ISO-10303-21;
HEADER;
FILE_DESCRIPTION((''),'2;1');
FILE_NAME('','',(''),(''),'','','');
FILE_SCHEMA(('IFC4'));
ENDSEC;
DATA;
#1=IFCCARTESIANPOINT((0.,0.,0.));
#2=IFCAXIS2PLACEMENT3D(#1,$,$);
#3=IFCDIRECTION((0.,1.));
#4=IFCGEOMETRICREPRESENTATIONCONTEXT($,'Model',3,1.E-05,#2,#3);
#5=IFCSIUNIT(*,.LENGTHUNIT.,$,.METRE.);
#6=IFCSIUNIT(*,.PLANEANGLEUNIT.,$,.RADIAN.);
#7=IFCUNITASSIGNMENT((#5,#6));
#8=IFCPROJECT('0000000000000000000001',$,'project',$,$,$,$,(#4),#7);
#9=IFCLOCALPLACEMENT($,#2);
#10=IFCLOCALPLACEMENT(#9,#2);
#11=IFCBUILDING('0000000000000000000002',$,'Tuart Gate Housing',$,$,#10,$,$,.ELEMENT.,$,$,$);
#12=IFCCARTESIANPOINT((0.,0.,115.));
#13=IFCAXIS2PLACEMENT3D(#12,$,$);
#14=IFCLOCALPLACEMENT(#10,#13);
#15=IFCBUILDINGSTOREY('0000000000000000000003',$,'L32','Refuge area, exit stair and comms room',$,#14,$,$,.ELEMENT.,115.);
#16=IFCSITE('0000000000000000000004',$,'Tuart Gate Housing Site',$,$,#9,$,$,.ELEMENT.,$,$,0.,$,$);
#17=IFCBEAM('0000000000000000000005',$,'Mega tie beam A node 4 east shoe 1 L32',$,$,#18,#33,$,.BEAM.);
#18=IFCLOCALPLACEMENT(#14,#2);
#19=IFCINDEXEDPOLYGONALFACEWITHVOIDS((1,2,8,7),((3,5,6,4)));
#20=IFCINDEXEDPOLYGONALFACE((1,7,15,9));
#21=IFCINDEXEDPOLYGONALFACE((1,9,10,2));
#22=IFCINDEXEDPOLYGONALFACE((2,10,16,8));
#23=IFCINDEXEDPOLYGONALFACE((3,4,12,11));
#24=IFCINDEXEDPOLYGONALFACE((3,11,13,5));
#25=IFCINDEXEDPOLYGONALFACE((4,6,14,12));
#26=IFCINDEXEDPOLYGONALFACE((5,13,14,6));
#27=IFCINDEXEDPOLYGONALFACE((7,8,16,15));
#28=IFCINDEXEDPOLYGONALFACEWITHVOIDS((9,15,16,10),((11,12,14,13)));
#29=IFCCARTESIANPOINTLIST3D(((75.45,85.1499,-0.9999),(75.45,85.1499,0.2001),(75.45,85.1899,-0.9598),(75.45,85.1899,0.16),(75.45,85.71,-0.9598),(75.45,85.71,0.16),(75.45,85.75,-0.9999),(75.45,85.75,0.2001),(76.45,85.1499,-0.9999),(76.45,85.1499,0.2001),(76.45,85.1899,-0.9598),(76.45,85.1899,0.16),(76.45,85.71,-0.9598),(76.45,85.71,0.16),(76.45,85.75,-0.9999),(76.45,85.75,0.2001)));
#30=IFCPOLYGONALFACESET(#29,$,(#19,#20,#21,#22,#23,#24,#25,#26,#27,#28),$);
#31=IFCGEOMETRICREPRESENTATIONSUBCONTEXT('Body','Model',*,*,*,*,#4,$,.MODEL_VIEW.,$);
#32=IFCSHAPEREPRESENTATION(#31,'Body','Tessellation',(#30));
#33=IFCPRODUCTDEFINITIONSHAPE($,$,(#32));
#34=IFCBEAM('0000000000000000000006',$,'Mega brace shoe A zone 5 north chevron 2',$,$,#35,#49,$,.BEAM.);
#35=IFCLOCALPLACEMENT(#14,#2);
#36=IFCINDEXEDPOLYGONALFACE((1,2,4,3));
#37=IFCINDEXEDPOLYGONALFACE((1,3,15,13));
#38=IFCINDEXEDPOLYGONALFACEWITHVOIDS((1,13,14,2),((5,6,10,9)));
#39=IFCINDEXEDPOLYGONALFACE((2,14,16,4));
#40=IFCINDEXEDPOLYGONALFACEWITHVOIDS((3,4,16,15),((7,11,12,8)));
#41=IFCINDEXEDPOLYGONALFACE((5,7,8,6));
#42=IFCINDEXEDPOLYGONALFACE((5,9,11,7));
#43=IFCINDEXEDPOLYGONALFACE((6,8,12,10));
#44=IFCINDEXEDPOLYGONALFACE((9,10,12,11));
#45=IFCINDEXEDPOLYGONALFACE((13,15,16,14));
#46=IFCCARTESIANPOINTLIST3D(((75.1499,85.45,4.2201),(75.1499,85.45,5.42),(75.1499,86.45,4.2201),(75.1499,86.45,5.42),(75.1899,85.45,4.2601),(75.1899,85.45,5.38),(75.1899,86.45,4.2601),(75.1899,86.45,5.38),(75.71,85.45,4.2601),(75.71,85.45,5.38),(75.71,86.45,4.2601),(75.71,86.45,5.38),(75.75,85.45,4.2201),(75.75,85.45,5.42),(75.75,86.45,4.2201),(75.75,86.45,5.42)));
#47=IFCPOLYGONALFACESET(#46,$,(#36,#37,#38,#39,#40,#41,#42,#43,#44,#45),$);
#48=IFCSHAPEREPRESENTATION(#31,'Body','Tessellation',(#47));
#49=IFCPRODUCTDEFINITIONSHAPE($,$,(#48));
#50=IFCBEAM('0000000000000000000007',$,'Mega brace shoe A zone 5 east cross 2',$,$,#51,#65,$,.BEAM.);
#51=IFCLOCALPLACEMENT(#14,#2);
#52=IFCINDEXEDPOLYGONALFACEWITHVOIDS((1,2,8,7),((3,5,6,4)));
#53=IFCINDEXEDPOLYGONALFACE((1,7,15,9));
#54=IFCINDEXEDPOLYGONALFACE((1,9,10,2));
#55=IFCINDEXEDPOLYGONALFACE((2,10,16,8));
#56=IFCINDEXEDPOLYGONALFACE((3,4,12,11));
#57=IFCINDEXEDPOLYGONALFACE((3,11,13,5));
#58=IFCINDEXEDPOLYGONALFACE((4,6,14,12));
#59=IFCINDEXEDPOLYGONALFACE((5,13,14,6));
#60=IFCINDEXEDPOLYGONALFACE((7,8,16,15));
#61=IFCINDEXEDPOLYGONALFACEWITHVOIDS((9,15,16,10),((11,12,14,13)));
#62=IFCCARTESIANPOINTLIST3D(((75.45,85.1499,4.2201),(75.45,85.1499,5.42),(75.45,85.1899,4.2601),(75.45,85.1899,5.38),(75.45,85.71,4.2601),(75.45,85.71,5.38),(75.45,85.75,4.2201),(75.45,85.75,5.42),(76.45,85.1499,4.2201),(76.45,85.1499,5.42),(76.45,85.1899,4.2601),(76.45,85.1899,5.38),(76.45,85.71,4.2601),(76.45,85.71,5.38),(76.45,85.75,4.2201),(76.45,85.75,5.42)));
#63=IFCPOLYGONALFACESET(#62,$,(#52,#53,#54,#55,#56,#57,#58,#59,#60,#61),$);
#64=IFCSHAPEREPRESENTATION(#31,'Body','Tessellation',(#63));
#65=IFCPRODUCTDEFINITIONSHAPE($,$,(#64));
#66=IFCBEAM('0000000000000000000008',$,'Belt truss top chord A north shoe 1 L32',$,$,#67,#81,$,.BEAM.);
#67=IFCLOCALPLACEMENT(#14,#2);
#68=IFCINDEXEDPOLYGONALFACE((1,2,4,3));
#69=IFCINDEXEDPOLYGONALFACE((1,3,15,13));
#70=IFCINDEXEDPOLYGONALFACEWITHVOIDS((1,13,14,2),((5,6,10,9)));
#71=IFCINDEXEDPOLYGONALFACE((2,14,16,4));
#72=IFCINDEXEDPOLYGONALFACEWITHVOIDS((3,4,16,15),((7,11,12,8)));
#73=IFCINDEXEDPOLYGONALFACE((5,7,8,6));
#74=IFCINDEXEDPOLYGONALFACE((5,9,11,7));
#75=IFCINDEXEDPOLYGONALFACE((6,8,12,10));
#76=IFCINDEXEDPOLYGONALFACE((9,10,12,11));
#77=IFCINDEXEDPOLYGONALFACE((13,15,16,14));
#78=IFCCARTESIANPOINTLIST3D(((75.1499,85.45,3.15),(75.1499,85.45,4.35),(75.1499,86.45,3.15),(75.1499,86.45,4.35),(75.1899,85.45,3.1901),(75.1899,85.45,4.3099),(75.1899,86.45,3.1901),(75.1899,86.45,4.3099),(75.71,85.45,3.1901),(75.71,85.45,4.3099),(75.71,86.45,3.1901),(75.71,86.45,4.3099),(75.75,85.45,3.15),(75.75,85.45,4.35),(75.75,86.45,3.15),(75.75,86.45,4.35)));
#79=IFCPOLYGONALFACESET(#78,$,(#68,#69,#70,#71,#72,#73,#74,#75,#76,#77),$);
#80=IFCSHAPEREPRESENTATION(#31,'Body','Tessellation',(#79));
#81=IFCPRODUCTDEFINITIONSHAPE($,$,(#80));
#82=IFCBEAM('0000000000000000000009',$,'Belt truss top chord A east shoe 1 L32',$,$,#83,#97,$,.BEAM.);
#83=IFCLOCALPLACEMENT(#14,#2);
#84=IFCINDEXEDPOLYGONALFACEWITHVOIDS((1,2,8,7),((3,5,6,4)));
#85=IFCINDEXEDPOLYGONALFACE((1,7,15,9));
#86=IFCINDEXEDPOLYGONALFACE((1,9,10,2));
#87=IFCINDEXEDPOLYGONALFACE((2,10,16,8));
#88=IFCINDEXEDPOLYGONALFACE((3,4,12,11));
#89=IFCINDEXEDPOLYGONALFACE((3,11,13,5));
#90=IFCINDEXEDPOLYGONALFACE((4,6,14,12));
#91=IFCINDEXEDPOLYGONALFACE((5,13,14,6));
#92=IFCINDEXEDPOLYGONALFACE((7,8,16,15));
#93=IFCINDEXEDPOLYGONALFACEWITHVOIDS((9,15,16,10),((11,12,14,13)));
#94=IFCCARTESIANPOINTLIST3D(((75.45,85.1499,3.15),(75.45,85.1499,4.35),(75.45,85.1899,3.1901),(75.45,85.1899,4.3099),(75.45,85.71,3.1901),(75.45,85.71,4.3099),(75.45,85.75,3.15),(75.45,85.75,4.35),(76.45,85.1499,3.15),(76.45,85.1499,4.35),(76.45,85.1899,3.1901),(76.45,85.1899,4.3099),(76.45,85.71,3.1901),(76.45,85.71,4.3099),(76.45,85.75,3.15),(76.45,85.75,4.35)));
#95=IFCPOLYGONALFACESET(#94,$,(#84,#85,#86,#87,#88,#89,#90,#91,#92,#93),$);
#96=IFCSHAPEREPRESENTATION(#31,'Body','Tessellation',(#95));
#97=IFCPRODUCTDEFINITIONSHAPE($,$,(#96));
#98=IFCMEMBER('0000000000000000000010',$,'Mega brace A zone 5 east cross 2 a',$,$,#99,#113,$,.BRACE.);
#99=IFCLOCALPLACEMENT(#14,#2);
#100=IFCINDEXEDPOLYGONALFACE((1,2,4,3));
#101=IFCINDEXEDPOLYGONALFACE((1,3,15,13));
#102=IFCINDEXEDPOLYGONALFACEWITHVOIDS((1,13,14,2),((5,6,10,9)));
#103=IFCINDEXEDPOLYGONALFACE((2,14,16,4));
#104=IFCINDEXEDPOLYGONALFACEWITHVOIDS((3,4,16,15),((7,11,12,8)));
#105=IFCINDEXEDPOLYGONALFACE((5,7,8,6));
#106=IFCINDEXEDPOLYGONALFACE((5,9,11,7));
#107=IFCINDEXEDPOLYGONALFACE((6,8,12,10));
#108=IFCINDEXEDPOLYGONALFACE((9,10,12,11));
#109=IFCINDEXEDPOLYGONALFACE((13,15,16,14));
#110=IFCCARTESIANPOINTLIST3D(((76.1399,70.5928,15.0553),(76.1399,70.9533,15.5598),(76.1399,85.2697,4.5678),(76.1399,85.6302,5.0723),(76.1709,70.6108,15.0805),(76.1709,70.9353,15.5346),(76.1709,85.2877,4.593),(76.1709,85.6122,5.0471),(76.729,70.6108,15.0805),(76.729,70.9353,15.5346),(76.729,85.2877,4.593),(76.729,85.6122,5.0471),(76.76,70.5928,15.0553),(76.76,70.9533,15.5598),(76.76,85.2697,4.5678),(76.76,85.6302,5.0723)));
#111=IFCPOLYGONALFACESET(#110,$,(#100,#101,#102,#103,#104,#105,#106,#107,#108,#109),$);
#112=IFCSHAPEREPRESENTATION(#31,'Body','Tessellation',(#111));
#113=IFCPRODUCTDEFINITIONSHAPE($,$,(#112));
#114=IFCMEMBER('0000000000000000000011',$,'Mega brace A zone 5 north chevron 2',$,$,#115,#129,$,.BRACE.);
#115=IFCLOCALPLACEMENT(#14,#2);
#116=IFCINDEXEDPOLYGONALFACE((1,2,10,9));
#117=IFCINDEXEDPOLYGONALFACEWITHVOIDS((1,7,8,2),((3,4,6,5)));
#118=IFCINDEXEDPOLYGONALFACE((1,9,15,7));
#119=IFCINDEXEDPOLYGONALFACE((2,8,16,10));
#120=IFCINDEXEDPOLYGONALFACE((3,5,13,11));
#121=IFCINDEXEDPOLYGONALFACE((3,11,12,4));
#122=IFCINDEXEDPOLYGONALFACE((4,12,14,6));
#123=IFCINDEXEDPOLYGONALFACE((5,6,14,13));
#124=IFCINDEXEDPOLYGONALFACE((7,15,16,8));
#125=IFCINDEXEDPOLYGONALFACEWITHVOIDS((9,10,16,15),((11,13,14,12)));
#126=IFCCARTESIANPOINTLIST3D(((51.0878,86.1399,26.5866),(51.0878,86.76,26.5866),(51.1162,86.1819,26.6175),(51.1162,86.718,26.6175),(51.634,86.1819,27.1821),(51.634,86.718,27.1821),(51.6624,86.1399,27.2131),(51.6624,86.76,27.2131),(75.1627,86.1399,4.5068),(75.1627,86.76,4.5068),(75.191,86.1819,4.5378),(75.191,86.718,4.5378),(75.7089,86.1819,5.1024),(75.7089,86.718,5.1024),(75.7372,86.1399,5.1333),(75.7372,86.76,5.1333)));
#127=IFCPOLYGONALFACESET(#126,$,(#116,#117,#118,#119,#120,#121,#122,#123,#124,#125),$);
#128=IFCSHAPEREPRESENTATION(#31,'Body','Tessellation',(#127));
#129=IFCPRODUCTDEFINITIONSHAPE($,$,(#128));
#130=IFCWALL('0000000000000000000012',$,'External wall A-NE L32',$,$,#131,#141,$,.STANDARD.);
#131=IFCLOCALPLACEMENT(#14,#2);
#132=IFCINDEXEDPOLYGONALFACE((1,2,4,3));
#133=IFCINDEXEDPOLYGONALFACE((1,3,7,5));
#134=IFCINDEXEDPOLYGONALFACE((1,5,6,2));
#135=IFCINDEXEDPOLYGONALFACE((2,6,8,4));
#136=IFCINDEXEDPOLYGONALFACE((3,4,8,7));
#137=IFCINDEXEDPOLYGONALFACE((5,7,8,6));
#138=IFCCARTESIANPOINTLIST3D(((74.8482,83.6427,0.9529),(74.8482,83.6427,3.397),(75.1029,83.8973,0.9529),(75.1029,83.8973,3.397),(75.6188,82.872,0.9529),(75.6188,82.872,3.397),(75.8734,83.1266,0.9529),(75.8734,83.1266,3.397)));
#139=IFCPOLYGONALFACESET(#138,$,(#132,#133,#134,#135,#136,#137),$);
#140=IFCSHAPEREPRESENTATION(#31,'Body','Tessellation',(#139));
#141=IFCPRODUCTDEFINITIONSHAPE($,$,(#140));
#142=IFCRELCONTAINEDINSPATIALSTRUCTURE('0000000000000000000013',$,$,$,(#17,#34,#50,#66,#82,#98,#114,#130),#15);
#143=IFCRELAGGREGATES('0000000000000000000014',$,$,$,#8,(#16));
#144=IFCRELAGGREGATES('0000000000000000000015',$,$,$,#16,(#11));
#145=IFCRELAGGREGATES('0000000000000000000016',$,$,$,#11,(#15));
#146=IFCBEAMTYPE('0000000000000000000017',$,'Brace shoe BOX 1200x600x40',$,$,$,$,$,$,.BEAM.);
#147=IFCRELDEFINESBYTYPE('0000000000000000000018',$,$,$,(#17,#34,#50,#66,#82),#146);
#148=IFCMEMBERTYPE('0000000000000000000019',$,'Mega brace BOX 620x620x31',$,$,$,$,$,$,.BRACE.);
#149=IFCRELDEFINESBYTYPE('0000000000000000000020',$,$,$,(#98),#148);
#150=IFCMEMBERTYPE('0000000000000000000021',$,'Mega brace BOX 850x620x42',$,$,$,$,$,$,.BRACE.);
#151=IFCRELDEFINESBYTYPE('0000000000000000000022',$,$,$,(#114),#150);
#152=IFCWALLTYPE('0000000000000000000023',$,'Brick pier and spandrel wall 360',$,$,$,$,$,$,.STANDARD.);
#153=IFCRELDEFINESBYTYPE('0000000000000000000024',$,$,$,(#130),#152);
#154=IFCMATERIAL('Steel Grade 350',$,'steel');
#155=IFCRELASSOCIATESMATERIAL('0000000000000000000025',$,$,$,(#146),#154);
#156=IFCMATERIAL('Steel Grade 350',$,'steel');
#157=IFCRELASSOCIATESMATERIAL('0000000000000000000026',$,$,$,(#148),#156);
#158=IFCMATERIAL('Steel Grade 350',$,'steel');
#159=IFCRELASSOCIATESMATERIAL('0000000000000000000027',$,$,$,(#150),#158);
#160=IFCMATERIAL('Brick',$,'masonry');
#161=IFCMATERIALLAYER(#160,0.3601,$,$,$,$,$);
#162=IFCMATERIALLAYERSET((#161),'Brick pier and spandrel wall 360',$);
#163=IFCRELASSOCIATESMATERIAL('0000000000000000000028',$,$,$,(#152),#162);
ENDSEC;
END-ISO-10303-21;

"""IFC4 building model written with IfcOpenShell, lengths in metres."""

from ifc_helpers import new_model, si_unit, direction, frame, frame_2d, origin, origin_2d, place, context, subcontext, project, spatial, rectangle, hollow_rectangle, extrude, material, layer, layer_set, material_profile, profile_set, type_object, element, save


model = new_model("IFC4")

# Units and contexts
model_context = context("Model", 3, precision=1e-05, world=origin(), true_north=direction((0.0, 1.0)))
body_context = subcontext(model_context, "Body", "Model", "MODEL_VIEW")
ifc_project = project(units=[si_unit("LENGTHUNIT", "METRE"), si_unit("PLANEANGLEUNIT", "RADIAN")], contexts=[model_context])

# Site, building, storey
site_placement = place(None, origin())
site = spatial("IfcSite", under=ifc_project, at=site_placement, Name="Tuart Gate Housing Site", CompositionType="ELEMENT", RefElevation=0.0)
building_placement = place(site_placement, origin())
building = spatial("IfcBuilding", under=site, at=building_placement, Name="Tuart Gate Housing", CompositionType="ELEMENT")
storey_placement = place(building_placement, frame((0.0, 0.0, 115.0)))
storey = spatial("IfcBuildingStorey", under=building, at=storey_placement, Name="L32", Description="Refuge area, exit stair and comms room", CompositionType="ELEMENT", Elevation=115.0)

# Beams
ifc_material_1 = material(Name="Steel Grade 350", Category="steel")
ifc_material_profile_1 = material_profile(ifc_material_1, hollow_rectangle(XDim=0.6001, YDim=1.2, WallThickness=0.04, at=origin_2d()), Name="BOX 1200x600x40")
ifc_profile_set_1 = profile_set([ifc_material_profile_1], Name="Steel Grade 350")
beam_type = type_object("IfcBeamType", Name="Brace shoe BOX 1200x600x40", PredefinedType="BEAM", material=ifc_profile_set_1)
for number, where, z_axis, x_axis, name in (
    (1, (75.45, 85.45, -0.3999), (1.0, 0.0, 0.0), (0.0, 1.0, 0.0), "Mega tie beam A node 4 east shoe 1 L32"),
    (2, (75.45, 85.45, 4.8201), (0.0, 1.0, 0.0), (-1.0, 0.0, 0.0), "Mega brace shoe A zone 5 north chevron 2"),
    (3, (75.45, 85.45, 4.8201), (1.0, 0.0, 0.0), (0.0, 1.0, 0.0), "Mega brace shoe A zone 5 east cross 2"),
    (4, (75.45, 85.45, 3.75), (0.0, 1.0, 0.0), (-1.0, 0.0, 0.0), "Belt truss top chord A north shoe 1 L32"),
    (5, (75.45, 85.45, 3.75), (1.0, 0.0, 0.0), (0.0, 1.0, 0.0), "Belt truss top chord A east shoe 1 L32"),
):
    element("IfcBeam", number, at=place(storey_placement, frame(where, z_axis=z_axis, x_axis=x_axis)), inside=storey, type_object=beam_type, Name=name, PredefinedType="BEAM", context=body_context, shape_type="SweptSolid", body=[
        extrude(hollow_rectangle(XDim=0.6001, YDim=1.2, WallThickness=0.04, at=origin_2d()), origin(), (0.0, 0.0, 1.0), 1.0),
    ])

# Members
ifc_material_2 = material(Name="Steel Grade 350", Category="steel")
ifc_material_profile_2 = material_profile(ifc_material_2, hollow_rectangle(XDim=0.6201, YDim=0.6201, WallThickness=0.031, at=origin_2d()), Name="BOX 620x620x31")
ifc_profile_set_2 = profile_set([ifc_material_profile_2], Name="Steel Grade 350")
member_type_1 = type_object("IfcMemberType", Name="Mega brace BOX 620x620x31", PredefinedType="BRACE", material=ifc_profile_set_2)
member_1_placement = place(storey_placement, frame((76.45, 85.45, 4.8201), z_axis=(0.0, -0.813629, 0.581384), x_axis=(1.0, 0.0, 0.0)))
element("IfcMember", 6, at=member_1_placement, inside=storey, type_object=member_type_1, Name="Mega brace A zone 5 east cross 2 a", PredefinedType="BRACE", context=body_context, shape_type="SweptSolid", body=[
    extrude(hollow_rectangle(XDim=0.6201, YDim=0.6201, WallThickness=0.031, at=origin_2d()), origin(), (0.0, 0.0, 1.0), 18.0388),
])
ifc_material_3 = material(Name="Steel Grade 350", Category="steel")
ifc_material_profile_3 = material_profile(ifc_material_3, hollow_rectangle(XDim=0.6201, YDim=0.8501, WallThickness=0.042, at=origin_2d()), Name="BOX 850x620x42")
ifc_profile_set_3 = profile_set([ifc_material_profile_3], Name="Steel Grade 350")
member_type_2 = type_object("IfcMemberType", Name="Mega brace BOX 850x620x42", PredefinedType="BRACE", material=ifc_profile_set_3)
member_2_placement = place(storey_placement, frame((75.45, 86.45, 4.8201), z_axis=(-0.736984, 0.0, 0.67591), x_axis=(0.0, -1.0, 0.0)))
element("IfcMember", 7, at=member_2_placement, inside=storey, type_object=member_type_2, Name="Mega brace A zone 5 north chevron 2", PredefinedType="BRACE", context=body_context, shape_type="SweptSolid", body=[
    extrude(hollow_rectangle(XDim=0.6201, YDim=0.8501, WallThickness=0.042, at=origin_2d()), origin(), (0.0, 0.0, 1.0), 32.6667),
])

# Wall
ifc_material_4 = material(Name="Brick", Category="masonry")
ifc_layer = layer(ifc_material_4, 0.3601)
ifc_layer_set = layer_set([ifc_layer], Name="Brick pier and spandrel wall 360")
wall_type = type_object("IfcWallType", Name="Brick pier and spandrel wall 360", PredefinedType="STANDARD", material=ifc_layer_set)
wall_placement = place(storey_placement, frame((75.7461, 82.9993, 0.9529), z_axis=(0.0, 0.0, 1.0), x_axis=(-0.706995, 0.707219, 0.0)))
element("IfcWall", 8, at=wall_placement, inside=storey, type_object=wall_type, Name="External wall A-NE L32", PredefinedType="STANDARD", context=body_context, shape_type="SweptSolid", body=[
    extrude(rectangle(XDim=1.0898, YDim=0.3601, at=frame_2d((0.5449, 0.0))), origin(), (0.0, 0.0, 1.0), 2.4441),
])

save(model, "model.ifc")
